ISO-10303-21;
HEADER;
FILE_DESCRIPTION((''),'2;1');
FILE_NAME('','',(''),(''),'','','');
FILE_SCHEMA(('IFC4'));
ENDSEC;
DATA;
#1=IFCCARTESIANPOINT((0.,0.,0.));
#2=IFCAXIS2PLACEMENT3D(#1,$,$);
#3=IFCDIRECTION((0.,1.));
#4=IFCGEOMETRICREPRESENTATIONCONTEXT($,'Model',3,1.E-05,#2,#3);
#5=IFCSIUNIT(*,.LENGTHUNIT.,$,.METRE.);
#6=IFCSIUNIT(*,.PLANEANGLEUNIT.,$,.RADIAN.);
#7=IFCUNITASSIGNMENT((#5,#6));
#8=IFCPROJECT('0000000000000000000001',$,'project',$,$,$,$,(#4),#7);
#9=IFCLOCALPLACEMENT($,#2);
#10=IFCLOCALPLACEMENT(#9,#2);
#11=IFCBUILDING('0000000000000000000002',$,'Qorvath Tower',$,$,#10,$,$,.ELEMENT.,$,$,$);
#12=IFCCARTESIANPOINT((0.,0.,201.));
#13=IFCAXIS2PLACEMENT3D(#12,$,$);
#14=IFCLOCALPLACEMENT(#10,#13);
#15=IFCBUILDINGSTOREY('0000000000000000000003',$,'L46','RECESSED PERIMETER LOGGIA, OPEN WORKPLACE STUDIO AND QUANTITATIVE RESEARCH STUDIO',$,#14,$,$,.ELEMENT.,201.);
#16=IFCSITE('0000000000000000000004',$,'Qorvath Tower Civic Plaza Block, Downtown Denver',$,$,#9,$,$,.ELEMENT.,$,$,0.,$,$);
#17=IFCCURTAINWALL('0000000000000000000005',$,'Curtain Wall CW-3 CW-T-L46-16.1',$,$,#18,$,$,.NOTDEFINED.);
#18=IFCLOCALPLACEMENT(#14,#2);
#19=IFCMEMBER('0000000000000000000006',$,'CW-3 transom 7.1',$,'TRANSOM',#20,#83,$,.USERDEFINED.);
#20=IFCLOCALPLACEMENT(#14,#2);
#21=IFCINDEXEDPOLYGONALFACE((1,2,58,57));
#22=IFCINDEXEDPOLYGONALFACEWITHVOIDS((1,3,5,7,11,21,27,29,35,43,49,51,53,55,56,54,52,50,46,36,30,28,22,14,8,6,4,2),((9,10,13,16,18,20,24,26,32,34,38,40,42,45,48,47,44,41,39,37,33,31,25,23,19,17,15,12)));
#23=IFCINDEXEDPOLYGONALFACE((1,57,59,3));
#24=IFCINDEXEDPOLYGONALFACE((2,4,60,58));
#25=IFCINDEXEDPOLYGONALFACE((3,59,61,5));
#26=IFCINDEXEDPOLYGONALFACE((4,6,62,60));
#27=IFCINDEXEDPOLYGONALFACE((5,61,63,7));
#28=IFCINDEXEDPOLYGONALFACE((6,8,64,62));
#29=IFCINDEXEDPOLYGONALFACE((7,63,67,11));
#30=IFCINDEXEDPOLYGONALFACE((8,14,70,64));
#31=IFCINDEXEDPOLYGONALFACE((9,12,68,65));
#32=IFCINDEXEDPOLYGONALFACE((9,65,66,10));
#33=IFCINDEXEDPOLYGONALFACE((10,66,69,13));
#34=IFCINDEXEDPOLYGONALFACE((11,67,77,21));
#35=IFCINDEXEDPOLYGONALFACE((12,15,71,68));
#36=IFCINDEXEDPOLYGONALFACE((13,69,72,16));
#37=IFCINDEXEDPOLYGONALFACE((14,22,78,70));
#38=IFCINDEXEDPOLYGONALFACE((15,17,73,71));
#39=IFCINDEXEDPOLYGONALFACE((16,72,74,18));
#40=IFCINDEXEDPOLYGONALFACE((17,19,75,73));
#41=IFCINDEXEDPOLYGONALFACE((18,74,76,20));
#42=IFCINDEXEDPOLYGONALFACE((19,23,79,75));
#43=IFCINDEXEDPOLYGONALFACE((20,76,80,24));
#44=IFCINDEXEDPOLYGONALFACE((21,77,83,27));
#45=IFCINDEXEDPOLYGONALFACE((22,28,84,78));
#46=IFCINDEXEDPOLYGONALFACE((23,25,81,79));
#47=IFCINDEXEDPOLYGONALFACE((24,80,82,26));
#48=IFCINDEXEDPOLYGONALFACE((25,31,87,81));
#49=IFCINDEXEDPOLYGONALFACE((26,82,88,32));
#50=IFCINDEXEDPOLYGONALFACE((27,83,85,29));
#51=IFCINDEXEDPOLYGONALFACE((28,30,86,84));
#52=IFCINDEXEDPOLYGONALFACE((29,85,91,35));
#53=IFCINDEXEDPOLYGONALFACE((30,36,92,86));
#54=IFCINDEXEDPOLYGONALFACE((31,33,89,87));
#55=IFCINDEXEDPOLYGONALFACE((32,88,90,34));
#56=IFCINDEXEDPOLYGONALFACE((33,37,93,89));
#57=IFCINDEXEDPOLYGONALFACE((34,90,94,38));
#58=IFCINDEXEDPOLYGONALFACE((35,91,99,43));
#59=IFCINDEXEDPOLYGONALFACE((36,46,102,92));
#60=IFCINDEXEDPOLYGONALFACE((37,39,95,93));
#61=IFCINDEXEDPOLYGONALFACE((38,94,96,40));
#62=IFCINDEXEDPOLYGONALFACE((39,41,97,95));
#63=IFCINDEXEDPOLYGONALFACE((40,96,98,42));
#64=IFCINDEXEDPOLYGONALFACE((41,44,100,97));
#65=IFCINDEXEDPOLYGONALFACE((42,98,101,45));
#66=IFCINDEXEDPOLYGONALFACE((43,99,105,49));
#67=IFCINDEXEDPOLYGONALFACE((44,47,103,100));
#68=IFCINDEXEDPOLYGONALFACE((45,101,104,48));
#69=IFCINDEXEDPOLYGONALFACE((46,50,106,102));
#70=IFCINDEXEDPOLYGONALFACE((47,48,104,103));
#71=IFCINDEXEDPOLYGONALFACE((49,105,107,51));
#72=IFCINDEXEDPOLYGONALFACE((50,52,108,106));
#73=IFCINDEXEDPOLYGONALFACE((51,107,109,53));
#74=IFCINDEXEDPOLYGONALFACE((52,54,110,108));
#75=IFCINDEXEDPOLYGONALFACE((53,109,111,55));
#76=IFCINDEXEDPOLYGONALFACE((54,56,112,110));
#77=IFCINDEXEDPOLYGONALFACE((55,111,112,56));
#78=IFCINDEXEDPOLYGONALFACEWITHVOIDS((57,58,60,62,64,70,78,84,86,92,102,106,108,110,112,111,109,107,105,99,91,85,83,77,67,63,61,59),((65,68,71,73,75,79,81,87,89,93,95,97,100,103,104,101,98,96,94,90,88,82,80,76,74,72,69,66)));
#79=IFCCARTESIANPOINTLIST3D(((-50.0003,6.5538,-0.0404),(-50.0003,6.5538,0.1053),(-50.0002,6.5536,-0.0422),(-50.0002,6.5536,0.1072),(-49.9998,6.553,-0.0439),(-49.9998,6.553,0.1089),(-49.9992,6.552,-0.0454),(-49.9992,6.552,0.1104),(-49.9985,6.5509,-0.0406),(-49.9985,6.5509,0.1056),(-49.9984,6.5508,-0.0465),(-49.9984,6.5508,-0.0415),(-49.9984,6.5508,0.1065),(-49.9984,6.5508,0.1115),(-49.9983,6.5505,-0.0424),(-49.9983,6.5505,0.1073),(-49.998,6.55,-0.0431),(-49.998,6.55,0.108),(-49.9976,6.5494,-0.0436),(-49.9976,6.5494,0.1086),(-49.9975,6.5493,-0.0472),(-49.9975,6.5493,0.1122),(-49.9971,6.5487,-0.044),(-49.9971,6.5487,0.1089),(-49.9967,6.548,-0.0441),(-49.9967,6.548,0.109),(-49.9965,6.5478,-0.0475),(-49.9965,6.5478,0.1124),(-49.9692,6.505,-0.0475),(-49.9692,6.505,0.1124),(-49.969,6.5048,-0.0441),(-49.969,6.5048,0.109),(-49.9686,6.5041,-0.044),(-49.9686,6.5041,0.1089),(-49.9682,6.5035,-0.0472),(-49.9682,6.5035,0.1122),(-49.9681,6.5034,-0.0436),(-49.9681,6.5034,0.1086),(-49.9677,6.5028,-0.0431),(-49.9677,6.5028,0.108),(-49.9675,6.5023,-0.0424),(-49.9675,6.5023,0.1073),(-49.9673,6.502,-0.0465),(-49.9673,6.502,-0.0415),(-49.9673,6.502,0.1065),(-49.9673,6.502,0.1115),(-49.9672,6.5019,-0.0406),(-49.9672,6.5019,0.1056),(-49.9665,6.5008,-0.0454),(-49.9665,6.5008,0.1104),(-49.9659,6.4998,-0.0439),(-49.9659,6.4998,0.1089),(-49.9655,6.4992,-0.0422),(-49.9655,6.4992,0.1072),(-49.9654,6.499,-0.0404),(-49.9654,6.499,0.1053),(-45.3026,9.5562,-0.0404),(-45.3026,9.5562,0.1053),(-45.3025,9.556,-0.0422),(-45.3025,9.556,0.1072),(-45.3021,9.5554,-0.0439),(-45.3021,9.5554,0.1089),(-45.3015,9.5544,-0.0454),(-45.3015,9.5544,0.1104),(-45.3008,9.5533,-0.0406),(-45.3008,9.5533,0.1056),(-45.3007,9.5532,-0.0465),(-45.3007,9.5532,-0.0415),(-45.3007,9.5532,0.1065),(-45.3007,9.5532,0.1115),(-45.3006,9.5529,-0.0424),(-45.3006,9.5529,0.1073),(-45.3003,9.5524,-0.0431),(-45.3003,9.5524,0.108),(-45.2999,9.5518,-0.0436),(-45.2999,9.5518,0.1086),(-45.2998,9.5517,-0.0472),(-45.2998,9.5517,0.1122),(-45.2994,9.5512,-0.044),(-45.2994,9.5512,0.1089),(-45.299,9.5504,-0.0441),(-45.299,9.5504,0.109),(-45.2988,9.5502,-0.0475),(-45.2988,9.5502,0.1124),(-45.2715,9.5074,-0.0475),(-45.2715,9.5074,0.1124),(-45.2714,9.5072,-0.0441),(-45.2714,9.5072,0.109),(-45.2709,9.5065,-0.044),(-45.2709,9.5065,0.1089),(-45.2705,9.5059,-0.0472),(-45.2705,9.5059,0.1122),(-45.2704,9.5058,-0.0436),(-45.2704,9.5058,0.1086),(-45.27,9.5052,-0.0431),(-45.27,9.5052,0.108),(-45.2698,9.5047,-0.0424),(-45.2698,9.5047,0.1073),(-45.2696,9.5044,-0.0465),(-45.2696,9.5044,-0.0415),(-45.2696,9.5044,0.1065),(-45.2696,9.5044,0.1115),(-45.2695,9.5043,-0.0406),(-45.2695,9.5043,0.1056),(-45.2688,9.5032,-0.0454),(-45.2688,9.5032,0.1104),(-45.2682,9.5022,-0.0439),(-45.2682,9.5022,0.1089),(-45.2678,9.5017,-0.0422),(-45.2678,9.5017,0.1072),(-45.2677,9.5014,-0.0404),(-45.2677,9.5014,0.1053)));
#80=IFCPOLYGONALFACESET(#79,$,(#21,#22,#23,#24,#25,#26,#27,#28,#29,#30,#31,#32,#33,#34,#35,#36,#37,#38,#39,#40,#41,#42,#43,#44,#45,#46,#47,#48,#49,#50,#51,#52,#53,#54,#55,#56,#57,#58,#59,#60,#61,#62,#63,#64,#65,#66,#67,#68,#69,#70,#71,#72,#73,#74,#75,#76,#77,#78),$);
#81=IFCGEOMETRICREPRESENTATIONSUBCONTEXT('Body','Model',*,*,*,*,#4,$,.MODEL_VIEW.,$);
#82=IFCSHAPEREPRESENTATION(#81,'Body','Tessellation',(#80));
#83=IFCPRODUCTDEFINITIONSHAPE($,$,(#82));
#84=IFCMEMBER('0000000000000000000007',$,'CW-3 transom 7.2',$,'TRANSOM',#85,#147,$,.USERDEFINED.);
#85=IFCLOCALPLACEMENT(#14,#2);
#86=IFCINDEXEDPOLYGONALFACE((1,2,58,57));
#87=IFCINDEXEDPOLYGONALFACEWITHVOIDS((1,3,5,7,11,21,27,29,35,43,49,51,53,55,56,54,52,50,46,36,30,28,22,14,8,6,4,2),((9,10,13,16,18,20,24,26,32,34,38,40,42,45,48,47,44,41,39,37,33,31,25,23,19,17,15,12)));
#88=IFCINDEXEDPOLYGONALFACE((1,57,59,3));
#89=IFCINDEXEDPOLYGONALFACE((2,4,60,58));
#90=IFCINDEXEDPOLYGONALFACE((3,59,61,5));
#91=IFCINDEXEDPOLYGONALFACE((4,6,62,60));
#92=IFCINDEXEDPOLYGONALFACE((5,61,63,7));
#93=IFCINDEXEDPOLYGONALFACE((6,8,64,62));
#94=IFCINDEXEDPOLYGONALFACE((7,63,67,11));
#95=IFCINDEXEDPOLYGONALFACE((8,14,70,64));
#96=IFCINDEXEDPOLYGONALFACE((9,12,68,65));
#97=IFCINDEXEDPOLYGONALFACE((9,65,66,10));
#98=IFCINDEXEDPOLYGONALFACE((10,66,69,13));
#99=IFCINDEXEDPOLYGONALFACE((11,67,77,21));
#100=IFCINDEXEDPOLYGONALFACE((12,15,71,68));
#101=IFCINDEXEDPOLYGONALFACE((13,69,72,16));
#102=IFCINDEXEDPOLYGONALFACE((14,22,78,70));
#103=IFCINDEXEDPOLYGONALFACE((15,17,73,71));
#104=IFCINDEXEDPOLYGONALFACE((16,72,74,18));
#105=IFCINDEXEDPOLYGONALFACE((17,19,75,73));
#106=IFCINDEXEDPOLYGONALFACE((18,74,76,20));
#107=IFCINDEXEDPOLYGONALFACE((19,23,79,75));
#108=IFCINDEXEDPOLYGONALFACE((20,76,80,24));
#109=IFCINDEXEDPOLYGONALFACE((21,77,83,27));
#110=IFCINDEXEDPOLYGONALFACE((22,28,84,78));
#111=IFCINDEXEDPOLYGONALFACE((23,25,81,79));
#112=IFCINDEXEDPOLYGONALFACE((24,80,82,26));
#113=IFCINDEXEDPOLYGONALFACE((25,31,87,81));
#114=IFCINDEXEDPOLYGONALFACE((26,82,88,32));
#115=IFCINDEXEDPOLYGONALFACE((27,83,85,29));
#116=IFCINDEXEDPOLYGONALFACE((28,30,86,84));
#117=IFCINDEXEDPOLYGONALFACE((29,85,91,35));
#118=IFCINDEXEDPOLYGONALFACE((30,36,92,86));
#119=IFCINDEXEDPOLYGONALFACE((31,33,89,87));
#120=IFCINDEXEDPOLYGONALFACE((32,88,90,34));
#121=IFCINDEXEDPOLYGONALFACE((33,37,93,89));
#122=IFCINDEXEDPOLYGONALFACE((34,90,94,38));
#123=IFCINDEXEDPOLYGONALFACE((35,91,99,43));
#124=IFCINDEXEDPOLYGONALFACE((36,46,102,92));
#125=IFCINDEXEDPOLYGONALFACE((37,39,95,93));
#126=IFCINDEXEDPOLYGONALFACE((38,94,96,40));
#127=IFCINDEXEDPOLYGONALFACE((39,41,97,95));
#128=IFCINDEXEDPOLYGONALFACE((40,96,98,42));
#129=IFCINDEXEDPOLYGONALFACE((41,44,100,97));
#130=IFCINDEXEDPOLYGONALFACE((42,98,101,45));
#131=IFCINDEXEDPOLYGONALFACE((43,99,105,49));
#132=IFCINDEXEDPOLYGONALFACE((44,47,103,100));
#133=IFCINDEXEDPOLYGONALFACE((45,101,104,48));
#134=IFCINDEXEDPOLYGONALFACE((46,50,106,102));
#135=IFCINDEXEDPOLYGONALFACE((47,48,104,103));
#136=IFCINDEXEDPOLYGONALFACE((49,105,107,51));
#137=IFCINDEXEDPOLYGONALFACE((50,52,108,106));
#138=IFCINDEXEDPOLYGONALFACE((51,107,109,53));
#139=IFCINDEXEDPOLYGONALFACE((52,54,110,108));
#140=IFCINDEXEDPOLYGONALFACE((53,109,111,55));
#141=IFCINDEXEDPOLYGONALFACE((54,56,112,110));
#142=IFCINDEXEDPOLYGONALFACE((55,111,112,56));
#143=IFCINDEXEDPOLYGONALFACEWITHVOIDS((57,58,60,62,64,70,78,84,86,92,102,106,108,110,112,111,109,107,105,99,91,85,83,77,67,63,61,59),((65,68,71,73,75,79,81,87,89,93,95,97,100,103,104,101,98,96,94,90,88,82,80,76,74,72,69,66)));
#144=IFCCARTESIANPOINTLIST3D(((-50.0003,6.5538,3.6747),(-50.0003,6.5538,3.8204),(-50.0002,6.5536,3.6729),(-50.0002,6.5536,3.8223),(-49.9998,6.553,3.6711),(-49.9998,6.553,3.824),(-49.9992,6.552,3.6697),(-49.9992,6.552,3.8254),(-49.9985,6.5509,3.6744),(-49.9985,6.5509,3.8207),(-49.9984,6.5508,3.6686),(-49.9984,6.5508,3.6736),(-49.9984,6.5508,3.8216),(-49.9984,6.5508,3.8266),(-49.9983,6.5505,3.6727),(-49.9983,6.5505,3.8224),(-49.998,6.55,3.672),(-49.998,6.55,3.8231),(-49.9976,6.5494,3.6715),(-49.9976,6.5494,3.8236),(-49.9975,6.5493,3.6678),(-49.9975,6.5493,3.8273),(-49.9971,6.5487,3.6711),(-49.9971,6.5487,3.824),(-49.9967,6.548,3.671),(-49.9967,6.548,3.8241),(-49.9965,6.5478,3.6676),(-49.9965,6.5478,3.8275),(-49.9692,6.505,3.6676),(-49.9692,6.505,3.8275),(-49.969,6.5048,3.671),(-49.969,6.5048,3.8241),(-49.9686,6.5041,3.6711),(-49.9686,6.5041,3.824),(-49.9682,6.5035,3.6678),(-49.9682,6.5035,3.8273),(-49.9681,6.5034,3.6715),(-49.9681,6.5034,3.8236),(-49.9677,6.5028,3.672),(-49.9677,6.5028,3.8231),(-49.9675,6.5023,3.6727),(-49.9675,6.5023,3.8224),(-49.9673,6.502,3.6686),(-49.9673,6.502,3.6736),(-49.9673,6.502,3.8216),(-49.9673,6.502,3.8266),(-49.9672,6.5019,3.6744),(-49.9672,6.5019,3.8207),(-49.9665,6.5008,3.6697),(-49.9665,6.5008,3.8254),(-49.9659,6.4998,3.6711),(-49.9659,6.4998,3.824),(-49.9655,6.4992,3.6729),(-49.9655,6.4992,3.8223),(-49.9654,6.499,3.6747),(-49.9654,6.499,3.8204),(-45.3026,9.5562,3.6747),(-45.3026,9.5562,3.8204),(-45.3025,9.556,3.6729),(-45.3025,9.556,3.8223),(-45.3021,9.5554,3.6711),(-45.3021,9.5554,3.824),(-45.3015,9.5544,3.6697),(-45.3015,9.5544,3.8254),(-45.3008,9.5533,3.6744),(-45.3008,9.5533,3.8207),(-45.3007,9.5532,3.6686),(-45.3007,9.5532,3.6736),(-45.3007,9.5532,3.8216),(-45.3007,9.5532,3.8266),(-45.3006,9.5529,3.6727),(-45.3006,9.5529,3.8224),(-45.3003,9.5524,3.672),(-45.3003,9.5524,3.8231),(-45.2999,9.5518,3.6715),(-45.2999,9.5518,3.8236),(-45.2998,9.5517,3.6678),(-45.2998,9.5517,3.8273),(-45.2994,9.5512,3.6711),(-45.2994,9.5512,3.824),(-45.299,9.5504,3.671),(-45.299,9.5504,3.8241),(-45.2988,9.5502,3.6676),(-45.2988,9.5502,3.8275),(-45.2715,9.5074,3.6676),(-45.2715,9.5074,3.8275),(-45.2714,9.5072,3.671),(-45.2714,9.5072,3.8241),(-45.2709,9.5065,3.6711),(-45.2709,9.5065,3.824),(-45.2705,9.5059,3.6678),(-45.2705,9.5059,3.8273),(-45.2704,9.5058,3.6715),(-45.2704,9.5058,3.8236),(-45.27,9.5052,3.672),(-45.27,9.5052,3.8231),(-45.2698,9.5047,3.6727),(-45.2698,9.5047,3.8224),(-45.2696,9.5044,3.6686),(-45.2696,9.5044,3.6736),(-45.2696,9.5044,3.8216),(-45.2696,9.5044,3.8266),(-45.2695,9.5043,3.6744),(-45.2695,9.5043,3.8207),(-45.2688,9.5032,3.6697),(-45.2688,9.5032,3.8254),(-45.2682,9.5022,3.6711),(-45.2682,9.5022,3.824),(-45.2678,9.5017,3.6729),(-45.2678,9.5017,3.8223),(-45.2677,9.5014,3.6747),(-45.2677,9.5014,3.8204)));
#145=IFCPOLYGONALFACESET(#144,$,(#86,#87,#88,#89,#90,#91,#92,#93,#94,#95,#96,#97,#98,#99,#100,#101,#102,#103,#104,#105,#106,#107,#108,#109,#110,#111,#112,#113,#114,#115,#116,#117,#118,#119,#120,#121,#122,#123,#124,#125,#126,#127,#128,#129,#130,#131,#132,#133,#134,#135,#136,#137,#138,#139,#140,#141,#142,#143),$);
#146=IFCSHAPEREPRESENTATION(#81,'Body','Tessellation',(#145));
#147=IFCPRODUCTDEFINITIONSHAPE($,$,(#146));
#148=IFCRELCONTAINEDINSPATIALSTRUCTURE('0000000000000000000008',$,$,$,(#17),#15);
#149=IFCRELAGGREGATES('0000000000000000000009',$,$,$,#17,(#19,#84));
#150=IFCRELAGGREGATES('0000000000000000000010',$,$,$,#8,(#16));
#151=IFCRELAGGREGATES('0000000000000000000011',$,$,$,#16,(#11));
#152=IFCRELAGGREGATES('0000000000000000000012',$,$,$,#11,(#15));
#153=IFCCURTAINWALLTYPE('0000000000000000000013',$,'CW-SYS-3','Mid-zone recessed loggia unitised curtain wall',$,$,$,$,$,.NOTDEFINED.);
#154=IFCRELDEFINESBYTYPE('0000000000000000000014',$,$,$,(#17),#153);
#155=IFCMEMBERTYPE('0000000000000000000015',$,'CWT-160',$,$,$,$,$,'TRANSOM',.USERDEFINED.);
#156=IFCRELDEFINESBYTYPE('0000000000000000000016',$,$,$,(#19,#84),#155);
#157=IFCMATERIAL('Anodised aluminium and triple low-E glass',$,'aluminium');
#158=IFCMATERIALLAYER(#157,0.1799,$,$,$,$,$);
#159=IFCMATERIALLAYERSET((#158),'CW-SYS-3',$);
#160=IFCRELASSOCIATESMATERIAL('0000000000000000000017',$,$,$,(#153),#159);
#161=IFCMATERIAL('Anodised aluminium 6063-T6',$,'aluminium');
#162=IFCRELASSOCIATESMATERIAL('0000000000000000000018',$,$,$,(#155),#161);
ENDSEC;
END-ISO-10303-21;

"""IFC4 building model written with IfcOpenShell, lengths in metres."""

from ifc_helpers import new_model, si_unit, direction, frame, origin, origin_2d, place, context, subcontext, project, spatial, hollow_rectangle, extrude, material, layer, layer_set, material_profile, profile_set, type_object, element, aggregate, save


model = new_model("IFC4")

# Units and contexts
model_context = context("Model", 3, precision=1e-05, world=origin(), true_north=direction((0.0, 1.0)))
body_context = subcontext(model_context, "Body", "Model", "MODEL_VIEW")
ifc_project = project(units=[si_unit("LENGTHUNIT", "METRE"), si_unit("PLANEANGLEUNIT", "RADIAN")], contexts=[model_context])

# Site, building, storey
site_placement = place(None, origin())
site = spatial("IfcSite", under=ifc_project, at=site_placement, Name="Qorvath Tower Civic Plaza Block, Downtown Denver", CompositionType="ELEMENT", RefElevation=0.0)
building_placement = place(site_placement, origin())
building = spatial("IfcBuilding", under=site, at=building_placement, Name="Qorvath Tower", CompositionType="ELEMENT")
storey_placement = place(building_placement, frame((0.0, 0.0, 201.0)))
storey = spatial("IfcBuildingStorey", under=building, at=storey_placement, Name="L46", Description="RECESSED PERIMETER LOGGIA, OPEN WORKPLACE STUDIO AND QUANTITATIVE RESEARCH STUDIO", CompositionType="ELEMENT", Elevation=201.0)

# Curtain wall, members
ifc_material_1 = material(Name="Anodised aluminium and triple low-E glass", Category="aluminium")
ifc_layer_1 = layer(ifc_material_1, 0.1799)
ifc_layer_set_1 = layer_set([ifc_layer_1], Name="CW-SYS-3")
curtain_wall_type = type_object("IfcCurtainWallType", Name="CW-SYS-3", Description="Mid-zone recessed loggia unitised curtain wall", PredefinedType="NOTDEFINED", material=ifc_layer_set_1)
curtain_wall_placement = place(storey_placement, origin())
curtain_wall = element("IfcCurtainWall", 1, at=curtain_wall_placement, inside=storey, type_object=curtain_wall_type, Name="Curtain Wall CW-3 CW-T-L46-16.1", PredefinedType="NOTDEFINED")
ifc_material_2 = material(Name="Anodised aluminium 6063-T6", Category="aluminium")
ifc_material_profile_1 = material_profile(ifc_material_2, hollow_rectangle(XDim=0.0649, YDim=0.1599, WallThickness=0.0034, InnerFilletRadius=0.0034, OuterFilletRadius=0.0071, at=origin_2d()), Name="CWT 160x65")
ifc_profile_set_1 = profile_set([ifc_material_profile_1], Name="Anodised aluminium 6063-T6")
member_type_1 = type_object("IfcMemberType", Name="CWT-160", ElementType="TRANSOM", PredefinedType="USERDEFINED", material=ifc_profile_set_1)
member_1_placement = place(storey_placement, frame((-45.2852, 9.5288, 0.0325), z_axis=(-0.842607, -0.538529, 0.0), x_axis=(0.538529, -0.842607, 0.0)))
member_1 = element("IfcMember", 2, at=member_1_placement, type_object=member_type_1, Name="CW-3 transom 7.1", ObjectType="TRANSOM", PredefinedType="USERDEFINED", context=body_context, shape_type="SweptSolid", body=[
    extrude(hollow_rectangle(XDim=0.0649, YDim=0.1599, WallThickness=0.0034, InnerFilletRadius=0.0034, OuterFilletRadius=0.0071, at=origin_2d()), origin(), (0.0, 0.0, 1.0), 5.5752),
])
member_2_placement = place(storey_placement, frame((-45.2852, 9.5288, 3.7476), z_axis=(-0.842607, -0.538529, 0.0), x_axis=(0.538529, -0.842607, 0.0)))
member_2 = element("IfcMember", 3, at=member_2_placement, type_object=member_type_1, Name="CW-3 transom 7.2", ObjectType="TRANSOM", PredefinedType="USERDEFINED", context=body_context, shape_type="SweptSolid", body=[
    extrude(hollow_rectangle(XDim=0.0649, YDim=0.1599, WallThickness=0.0034, InnerFilletRadius=0.0034, OuterFilletRadius=0.0071, at=origin_2d()), origin(), (0.0, 0.0, 1.0), 5.5752),
])

aggregate(curtain_wall, [member_1, member_2])

save(model, "model.ifc")
